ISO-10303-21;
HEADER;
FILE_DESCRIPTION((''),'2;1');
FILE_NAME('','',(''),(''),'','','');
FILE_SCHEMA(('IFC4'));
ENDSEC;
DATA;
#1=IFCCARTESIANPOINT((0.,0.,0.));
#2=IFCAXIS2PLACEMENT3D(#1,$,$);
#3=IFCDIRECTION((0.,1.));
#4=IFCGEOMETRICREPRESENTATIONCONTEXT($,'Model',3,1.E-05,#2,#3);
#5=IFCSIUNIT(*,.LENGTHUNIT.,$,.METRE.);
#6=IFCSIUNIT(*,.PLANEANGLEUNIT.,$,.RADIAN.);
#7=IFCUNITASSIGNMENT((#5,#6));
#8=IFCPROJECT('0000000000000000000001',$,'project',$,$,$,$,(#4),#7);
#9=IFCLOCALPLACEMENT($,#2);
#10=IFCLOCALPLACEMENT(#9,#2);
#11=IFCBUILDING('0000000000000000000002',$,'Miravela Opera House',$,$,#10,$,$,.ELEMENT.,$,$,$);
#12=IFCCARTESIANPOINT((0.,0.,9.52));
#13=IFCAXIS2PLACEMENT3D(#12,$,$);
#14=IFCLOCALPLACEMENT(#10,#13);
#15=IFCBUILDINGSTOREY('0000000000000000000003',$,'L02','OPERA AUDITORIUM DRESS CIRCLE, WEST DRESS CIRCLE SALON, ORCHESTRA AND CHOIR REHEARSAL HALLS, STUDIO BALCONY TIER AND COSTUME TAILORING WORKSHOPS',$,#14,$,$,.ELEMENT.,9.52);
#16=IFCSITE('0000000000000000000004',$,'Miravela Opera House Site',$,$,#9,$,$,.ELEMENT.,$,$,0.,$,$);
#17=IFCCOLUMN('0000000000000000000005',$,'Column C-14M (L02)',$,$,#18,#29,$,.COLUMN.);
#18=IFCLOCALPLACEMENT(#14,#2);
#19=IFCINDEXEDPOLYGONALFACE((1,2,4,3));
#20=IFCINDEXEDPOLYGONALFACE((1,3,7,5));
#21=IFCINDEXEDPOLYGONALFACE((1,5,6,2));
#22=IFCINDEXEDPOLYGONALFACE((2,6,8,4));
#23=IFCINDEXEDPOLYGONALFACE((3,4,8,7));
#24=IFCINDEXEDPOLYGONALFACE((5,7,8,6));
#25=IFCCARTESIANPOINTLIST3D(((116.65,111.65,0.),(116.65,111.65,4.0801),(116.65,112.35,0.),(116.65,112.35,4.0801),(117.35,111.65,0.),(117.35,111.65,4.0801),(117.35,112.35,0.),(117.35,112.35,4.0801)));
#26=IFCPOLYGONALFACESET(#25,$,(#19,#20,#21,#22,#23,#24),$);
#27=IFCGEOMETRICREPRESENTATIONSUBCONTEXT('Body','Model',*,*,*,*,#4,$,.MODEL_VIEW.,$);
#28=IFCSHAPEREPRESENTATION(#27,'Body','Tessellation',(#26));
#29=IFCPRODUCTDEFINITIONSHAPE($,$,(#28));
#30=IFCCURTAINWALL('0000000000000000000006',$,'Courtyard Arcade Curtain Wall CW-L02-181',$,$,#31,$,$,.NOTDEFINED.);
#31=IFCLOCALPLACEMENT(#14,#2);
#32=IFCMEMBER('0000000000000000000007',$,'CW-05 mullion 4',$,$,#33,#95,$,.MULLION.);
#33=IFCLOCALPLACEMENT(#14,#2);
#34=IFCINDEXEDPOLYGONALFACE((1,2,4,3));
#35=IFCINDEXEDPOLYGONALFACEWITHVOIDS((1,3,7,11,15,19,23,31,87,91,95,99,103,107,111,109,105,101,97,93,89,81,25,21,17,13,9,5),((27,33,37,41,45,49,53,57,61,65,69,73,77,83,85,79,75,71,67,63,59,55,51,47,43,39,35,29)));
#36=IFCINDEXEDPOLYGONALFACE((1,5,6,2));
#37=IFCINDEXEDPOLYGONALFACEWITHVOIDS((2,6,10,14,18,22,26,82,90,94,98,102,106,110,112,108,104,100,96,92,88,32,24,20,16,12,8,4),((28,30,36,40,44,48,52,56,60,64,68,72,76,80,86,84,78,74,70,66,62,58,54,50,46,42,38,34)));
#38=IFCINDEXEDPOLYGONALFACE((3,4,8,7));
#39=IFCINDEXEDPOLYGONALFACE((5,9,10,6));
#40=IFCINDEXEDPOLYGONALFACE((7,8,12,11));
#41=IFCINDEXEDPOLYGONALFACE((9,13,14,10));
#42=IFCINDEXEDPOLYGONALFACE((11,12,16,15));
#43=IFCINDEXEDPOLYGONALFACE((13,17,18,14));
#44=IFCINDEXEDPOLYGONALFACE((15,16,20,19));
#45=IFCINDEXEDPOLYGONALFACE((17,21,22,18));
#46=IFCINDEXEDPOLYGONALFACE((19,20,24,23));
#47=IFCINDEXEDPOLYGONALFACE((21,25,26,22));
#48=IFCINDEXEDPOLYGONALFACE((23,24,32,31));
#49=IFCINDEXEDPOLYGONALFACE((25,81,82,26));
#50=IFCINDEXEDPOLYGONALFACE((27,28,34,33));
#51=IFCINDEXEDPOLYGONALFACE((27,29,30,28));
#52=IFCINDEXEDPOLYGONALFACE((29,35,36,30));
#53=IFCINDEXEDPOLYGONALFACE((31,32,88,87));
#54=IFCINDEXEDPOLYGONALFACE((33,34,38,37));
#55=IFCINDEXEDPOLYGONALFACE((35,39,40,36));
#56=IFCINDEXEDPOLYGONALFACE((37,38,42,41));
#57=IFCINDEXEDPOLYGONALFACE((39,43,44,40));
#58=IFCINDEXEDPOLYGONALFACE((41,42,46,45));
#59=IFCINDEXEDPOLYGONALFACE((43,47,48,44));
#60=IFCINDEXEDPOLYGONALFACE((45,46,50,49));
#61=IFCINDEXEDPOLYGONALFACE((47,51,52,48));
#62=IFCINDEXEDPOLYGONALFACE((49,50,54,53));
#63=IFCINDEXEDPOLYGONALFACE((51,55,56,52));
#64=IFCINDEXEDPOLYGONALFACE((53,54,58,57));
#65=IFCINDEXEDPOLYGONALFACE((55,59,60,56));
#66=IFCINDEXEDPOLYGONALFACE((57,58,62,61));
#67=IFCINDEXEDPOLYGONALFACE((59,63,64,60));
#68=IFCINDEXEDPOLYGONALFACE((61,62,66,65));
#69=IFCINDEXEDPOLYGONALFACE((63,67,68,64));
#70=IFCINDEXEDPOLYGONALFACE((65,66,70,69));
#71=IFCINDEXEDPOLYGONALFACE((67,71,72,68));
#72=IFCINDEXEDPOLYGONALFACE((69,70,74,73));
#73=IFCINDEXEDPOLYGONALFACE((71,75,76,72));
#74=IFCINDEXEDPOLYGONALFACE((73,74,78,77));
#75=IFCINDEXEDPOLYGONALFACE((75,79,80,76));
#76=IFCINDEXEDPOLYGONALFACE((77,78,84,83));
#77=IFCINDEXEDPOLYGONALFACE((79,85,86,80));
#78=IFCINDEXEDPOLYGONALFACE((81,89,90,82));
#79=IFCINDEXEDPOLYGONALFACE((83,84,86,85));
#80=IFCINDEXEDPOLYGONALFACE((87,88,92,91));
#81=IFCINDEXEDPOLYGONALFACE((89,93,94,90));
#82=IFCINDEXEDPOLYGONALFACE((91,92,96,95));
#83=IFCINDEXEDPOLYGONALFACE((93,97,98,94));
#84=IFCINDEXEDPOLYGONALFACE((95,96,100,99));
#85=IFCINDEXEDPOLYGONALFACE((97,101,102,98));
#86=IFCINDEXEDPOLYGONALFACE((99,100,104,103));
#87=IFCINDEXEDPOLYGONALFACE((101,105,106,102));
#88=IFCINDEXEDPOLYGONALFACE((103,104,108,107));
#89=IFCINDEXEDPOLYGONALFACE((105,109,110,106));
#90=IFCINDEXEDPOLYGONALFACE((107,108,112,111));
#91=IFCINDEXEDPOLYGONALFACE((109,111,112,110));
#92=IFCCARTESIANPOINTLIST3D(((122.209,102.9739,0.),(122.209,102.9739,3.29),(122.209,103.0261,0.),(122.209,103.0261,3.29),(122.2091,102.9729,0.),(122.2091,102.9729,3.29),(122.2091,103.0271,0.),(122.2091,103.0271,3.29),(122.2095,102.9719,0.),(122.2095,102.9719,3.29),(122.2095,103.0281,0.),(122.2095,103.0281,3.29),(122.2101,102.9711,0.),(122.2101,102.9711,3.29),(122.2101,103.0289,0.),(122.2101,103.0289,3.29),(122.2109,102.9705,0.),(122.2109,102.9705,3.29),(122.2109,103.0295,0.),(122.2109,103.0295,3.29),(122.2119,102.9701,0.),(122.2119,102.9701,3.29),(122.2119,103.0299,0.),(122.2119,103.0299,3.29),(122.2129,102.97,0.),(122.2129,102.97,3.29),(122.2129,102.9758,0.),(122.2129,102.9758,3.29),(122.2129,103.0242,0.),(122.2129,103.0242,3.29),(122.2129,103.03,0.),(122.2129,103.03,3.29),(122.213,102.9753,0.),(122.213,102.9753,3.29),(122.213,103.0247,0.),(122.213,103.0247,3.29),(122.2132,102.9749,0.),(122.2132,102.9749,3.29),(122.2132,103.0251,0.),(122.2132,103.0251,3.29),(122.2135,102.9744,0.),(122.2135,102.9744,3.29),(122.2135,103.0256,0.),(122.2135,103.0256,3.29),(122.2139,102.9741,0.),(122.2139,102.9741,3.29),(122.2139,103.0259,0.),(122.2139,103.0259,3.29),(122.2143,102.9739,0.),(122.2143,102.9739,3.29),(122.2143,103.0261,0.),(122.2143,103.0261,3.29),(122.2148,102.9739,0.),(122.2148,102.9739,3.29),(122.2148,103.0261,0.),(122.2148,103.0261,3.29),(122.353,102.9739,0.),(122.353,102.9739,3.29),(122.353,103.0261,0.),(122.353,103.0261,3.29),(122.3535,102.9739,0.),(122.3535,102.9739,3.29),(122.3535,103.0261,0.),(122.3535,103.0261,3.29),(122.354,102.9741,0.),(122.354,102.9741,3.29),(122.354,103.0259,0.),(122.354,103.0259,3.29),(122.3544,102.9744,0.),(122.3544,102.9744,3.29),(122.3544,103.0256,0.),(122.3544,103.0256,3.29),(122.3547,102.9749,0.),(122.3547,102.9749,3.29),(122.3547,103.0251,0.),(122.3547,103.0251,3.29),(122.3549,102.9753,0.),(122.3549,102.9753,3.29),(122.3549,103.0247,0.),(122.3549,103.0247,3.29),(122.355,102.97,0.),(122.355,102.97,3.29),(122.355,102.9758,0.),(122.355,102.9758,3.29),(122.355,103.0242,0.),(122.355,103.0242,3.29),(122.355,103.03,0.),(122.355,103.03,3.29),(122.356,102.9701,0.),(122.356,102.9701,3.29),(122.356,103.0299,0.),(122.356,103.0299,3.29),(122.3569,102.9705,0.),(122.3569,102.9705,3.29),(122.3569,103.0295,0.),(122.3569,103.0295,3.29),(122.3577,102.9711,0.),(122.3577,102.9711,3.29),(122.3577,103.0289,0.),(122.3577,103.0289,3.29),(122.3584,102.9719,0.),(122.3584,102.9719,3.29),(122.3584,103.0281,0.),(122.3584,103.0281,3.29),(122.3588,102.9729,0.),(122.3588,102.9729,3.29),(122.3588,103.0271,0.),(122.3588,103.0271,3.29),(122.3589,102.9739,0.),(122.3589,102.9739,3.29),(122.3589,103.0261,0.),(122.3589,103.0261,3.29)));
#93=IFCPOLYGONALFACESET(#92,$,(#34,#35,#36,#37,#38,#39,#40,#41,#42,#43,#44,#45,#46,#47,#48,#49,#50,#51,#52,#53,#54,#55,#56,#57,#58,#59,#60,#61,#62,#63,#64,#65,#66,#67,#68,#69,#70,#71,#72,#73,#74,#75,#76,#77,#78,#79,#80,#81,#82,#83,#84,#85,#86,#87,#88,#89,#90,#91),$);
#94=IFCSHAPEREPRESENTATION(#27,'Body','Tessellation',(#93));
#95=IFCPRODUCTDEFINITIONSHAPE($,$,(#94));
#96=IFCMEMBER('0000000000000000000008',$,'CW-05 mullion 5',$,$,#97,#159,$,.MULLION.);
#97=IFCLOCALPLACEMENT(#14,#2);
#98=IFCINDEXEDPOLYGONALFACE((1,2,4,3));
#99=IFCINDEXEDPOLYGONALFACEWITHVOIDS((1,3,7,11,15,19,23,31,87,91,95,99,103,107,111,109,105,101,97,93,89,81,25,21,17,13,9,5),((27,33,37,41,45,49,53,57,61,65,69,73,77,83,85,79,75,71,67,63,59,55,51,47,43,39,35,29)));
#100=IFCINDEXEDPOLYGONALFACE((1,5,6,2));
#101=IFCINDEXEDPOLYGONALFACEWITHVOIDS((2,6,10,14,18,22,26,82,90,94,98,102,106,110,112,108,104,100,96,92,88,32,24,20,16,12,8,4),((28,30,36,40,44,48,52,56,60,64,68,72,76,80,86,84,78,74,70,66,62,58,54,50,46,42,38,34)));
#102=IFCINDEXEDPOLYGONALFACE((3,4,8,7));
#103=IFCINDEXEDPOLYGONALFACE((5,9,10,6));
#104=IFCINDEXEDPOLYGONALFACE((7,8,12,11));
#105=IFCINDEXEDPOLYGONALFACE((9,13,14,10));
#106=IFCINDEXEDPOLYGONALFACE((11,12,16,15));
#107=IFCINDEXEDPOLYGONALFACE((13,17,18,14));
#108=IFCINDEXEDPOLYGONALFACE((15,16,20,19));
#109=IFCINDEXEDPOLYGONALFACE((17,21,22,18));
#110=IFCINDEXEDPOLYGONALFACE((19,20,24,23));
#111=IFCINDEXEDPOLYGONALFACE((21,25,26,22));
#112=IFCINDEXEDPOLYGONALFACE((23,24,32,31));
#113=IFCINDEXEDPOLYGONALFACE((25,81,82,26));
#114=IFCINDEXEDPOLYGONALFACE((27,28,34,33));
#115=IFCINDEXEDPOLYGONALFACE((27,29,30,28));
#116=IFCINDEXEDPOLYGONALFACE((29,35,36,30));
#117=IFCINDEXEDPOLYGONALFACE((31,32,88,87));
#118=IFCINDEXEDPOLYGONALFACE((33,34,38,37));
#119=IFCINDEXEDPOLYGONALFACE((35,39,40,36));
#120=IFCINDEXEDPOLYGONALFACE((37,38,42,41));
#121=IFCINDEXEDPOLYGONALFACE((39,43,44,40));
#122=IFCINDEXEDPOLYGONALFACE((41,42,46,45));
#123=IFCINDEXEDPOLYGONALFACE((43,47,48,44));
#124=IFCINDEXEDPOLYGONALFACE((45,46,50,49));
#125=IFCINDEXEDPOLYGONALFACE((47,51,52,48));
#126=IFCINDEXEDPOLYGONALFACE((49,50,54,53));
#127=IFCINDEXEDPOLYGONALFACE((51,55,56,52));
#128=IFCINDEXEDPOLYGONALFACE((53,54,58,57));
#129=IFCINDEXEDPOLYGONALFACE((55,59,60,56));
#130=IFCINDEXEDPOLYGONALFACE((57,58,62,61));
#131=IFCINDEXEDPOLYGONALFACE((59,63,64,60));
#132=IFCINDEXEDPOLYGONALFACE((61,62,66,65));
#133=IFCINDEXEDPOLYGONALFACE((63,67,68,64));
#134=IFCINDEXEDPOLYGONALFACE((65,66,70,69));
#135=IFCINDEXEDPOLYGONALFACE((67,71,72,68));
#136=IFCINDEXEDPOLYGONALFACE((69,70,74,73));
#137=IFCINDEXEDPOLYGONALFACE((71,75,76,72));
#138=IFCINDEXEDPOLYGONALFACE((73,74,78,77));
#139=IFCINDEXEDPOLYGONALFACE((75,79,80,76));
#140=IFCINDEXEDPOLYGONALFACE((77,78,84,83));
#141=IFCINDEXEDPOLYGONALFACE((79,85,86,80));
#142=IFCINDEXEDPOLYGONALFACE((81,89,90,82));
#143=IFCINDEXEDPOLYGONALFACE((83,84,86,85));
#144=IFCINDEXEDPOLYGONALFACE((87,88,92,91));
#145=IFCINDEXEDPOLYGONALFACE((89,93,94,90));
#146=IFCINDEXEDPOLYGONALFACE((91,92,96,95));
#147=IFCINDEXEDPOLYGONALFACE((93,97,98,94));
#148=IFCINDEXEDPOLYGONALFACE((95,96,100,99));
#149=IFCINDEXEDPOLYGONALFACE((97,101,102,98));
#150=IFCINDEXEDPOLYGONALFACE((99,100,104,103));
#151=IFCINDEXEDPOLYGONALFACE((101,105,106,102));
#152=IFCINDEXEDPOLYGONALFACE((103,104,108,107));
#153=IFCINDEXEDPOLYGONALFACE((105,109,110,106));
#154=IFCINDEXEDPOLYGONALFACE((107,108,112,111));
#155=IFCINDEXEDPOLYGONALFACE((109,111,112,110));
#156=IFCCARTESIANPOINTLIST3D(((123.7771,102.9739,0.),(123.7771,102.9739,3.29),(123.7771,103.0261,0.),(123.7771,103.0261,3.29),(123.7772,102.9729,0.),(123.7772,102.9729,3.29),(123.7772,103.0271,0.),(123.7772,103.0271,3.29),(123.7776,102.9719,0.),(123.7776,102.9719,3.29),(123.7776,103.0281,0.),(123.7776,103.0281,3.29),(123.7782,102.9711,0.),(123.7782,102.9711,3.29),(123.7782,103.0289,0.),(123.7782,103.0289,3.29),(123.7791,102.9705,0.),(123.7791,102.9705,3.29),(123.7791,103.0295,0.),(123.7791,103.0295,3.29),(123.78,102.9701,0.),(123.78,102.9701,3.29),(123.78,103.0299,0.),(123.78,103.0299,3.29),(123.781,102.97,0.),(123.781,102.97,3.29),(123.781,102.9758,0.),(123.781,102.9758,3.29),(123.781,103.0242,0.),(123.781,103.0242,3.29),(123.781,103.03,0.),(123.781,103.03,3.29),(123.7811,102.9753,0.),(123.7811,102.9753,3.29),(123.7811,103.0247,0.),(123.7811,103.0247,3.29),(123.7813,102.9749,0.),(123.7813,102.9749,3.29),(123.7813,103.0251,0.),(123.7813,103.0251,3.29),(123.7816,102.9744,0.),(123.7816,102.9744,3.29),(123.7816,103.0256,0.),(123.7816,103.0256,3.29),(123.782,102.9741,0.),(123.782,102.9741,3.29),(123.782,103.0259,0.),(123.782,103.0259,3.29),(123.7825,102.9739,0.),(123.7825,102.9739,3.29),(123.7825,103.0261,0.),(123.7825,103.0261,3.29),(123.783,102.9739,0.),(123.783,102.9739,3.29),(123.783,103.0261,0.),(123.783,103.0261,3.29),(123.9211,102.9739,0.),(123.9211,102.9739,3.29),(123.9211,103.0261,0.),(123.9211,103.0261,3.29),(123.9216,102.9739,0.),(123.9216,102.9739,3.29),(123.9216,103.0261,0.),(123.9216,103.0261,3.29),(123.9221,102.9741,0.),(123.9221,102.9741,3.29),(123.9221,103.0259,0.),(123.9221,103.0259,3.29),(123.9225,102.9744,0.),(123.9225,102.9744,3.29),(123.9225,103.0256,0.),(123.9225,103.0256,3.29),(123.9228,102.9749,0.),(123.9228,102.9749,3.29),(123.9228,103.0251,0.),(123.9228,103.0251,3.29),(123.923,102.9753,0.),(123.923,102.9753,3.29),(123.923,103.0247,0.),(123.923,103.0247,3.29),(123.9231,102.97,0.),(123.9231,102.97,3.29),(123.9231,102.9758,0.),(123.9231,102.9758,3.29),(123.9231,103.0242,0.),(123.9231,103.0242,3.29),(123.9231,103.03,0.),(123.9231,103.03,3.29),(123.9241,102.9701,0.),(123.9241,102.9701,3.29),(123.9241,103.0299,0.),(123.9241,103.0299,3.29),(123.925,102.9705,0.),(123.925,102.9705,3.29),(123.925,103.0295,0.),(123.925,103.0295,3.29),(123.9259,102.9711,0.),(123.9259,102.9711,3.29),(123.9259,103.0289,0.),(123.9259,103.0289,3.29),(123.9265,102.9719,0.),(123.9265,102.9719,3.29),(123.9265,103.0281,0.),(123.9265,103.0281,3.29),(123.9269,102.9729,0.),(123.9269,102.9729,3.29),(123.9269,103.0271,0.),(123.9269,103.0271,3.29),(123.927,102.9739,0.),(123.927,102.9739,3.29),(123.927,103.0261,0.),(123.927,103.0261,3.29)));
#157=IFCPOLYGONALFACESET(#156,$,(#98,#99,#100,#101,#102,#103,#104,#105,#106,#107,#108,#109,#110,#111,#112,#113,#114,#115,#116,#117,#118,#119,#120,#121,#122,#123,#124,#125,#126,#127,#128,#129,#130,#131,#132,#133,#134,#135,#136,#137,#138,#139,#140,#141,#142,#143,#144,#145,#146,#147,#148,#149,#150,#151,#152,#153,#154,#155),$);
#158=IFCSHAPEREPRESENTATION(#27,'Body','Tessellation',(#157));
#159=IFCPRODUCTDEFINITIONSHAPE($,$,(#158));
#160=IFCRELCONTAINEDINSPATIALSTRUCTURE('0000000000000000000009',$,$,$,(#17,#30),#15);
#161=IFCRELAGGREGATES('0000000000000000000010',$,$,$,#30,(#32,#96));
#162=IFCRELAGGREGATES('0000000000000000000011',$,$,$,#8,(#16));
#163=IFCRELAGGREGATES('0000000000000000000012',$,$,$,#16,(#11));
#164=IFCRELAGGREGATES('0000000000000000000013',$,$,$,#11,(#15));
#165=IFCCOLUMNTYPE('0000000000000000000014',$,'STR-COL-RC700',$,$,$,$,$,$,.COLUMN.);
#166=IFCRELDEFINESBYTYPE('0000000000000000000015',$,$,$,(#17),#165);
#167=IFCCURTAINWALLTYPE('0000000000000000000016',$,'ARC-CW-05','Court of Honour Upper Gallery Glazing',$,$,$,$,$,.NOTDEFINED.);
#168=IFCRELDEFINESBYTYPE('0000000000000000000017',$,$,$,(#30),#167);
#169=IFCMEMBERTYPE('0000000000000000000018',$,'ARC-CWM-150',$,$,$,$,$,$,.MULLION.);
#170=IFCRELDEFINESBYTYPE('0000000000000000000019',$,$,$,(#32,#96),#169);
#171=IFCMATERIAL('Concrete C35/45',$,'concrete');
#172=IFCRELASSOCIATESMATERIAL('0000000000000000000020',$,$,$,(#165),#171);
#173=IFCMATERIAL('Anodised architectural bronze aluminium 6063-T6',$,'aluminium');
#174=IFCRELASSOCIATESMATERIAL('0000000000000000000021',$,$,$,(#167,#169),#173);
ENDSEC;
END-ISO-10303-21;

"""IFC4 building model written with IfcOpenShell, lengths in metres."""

from ifc_helpers import new_model, si_unit, direction, frame, origin, origin_2d, place, context, subcontext, project, spatial, rectangle, hollow_rectangle, extrude, material, material_profile, profile_set, type_object, element, aggregate, save


model = new_model("IFC4")

# Units and contexts
model_context = context("Model", 3, precision=1e-05, world=origin(), true_north=direction((0.0, 1.0)))
body_context = subcontext(model_context, "Body", "Model", "MODEL_VIEW")
ifc_project = project(units=[si_unit("LENGTHUNIT", "METRE"), si_unit("PLANEANGLEUNIT", "RADIAN")], contexts=[model_context])

# Site, building, storey
site_placement = place(None, origin())
site = spatial("IfcSite", under=ifc_project, at=site_placement, Name="Miravela Opera House Site", CompositionType="ELEMENT", RefElevation=0.0)
building_placement = place(site_placement, origin())
building = spatial("IfcBuilding", under=site, at=building_placement, Name="Miravela Opera House", CompositionType="ELEMENT")
storey_placement = place(building_placement, frame((0.0, 0.0, 9.52)))
storey = spatial("IfcBuildingStorey", under=building, at=storey_placement, Name="L02", Description="OPERA AUDITORIUM DRESS CIRCLE, WEST DRESS CIRCLE SALON, ORCHESTRA AND CHOIR REHEARSAL HALLS, STUDIO BALCONY TIER AND COSTUME TAILORING WORKSHOPS", CompositionType="ELEMENT", Elevation=9.52)

# Column
ifc_material_1 = material(Name="Concrete C35/45", Category="concrete")
ifc_material_profile_1 = material_profile(ifc_material_1, rectangle(XDim=0.7, YDim=0.7, at=origin_2d()), Name="RC-COL-700X700")
ifc_profile_set_1 = profile_set([ifc_material_profile_1])
column_type = type_object("IfcColumnType", Name="STR-COL-RC700", PredefinedType="COLUMN", material=ifc_profile_set_1)
column_placement = place(storey_placement, frame((117.0, 112.0, 0.0), z_axis=(0.0, 0.0, 1.0), x_axis=(1.0, 0.0, 0.0)))
element("IfcColumn", 1, at=column_placement, inside=storey, type_object=column_type, Name="Column C-14M (L02)", PredefinedType="COLUMN", context=body_context, shape_type="SweptSolid", body=[
    extrude(rectangle(XDim=0.7, YDim=0.7, at=origin_2d()), origin(), (0.0, 0.0, 1.0), 4.0801),
])

# Curtain wall, members
ifc_material_2 = material(Name="Anodised architectural bronze aluminium 6063-T6", Category="aluminium")
curtain_wall_type = type_object("IfcCurtainWallType", Name="ARC-CW-05", Description="Court of Honour Upper Gallery Glazing", PredefinedType="NOTDEFINED", material=ifc_material_2)
curtain_wall_placement = place(storey_placement, origin())
curtain_wall = element("IfcCurtainWall", 2, at=curtain_wall_placement, inside=storey, type_object=curtain_wall_type, Name="Courtyard Arcade Curtain Wall CW-L02-181", PredefinedType="NOTDEFINED")
ifc_material_profile_2 = material_profile(ifc_material_2, hollow_rectangle(XDim=0.0601, YDim=0.1499, WallThickness=0.0039, InnerFilletRadius=0.002, OuterFilletRadius=0.0039, at=origin_2d()), Name="CWM-60X150")
ifc_profile_set_2 = profile_set([ifc_material_profile_2])
member_type_1 = type_object("IfcMemberType", Name="ARC-CWM-150", PredefinedType="MULLION", material=ifc_profile_set_2)
member_1_placement = place(storey_placement, frame((122.2839, 103.0, 0.0), z_axis=(0.0, 0.0, 1.0), x_axis=(0.0, 1.0, 0.0)))
member_1 = element("IfcMember", 3, at=member_1_placement, type_object=member_type_1, Name="CW-05 mullion 4", PredefinedType="MULLION", context=body_context, shape_type="SweptSolid", body=[
    extrude(hollow_rectangle(XDim=0.0601, YDim=0.1499, WallThickness=0.0039, InnerFilletRadius=0.002, OuterFilletRadius=0.0039, at=origin_2d()), origin(), (0.0, 0.0, 1.0), 3.29),
])
member_2_placement = place(storey_placement, frame((123.8521, 103.0, 0.0), z_axis=(0.0, 0.0, 1.0), x_axis=(0.0, 1.0, 0.0)))
member_2 = element("IfcMember", 4, at=member_2_placement, type_object=member_type_1, Name="CW-05 mullion 5", PredefinedType="MULLION", context=body_context, shape_type="SweptSolid", body=[
    extrude(hollow_rectangle(XDim=0.0601, YDim=0.1499, WallThickness=0.0039, InnerFilletRadius=0.002, OuterFilletRadius=0.0039, at=origin_2d()), origin(), (0.0, 0.0, 1.0), 3.29),
])

aggregate(curtain_wall, [member_1, member_2])

save(model, "model.ifc")
